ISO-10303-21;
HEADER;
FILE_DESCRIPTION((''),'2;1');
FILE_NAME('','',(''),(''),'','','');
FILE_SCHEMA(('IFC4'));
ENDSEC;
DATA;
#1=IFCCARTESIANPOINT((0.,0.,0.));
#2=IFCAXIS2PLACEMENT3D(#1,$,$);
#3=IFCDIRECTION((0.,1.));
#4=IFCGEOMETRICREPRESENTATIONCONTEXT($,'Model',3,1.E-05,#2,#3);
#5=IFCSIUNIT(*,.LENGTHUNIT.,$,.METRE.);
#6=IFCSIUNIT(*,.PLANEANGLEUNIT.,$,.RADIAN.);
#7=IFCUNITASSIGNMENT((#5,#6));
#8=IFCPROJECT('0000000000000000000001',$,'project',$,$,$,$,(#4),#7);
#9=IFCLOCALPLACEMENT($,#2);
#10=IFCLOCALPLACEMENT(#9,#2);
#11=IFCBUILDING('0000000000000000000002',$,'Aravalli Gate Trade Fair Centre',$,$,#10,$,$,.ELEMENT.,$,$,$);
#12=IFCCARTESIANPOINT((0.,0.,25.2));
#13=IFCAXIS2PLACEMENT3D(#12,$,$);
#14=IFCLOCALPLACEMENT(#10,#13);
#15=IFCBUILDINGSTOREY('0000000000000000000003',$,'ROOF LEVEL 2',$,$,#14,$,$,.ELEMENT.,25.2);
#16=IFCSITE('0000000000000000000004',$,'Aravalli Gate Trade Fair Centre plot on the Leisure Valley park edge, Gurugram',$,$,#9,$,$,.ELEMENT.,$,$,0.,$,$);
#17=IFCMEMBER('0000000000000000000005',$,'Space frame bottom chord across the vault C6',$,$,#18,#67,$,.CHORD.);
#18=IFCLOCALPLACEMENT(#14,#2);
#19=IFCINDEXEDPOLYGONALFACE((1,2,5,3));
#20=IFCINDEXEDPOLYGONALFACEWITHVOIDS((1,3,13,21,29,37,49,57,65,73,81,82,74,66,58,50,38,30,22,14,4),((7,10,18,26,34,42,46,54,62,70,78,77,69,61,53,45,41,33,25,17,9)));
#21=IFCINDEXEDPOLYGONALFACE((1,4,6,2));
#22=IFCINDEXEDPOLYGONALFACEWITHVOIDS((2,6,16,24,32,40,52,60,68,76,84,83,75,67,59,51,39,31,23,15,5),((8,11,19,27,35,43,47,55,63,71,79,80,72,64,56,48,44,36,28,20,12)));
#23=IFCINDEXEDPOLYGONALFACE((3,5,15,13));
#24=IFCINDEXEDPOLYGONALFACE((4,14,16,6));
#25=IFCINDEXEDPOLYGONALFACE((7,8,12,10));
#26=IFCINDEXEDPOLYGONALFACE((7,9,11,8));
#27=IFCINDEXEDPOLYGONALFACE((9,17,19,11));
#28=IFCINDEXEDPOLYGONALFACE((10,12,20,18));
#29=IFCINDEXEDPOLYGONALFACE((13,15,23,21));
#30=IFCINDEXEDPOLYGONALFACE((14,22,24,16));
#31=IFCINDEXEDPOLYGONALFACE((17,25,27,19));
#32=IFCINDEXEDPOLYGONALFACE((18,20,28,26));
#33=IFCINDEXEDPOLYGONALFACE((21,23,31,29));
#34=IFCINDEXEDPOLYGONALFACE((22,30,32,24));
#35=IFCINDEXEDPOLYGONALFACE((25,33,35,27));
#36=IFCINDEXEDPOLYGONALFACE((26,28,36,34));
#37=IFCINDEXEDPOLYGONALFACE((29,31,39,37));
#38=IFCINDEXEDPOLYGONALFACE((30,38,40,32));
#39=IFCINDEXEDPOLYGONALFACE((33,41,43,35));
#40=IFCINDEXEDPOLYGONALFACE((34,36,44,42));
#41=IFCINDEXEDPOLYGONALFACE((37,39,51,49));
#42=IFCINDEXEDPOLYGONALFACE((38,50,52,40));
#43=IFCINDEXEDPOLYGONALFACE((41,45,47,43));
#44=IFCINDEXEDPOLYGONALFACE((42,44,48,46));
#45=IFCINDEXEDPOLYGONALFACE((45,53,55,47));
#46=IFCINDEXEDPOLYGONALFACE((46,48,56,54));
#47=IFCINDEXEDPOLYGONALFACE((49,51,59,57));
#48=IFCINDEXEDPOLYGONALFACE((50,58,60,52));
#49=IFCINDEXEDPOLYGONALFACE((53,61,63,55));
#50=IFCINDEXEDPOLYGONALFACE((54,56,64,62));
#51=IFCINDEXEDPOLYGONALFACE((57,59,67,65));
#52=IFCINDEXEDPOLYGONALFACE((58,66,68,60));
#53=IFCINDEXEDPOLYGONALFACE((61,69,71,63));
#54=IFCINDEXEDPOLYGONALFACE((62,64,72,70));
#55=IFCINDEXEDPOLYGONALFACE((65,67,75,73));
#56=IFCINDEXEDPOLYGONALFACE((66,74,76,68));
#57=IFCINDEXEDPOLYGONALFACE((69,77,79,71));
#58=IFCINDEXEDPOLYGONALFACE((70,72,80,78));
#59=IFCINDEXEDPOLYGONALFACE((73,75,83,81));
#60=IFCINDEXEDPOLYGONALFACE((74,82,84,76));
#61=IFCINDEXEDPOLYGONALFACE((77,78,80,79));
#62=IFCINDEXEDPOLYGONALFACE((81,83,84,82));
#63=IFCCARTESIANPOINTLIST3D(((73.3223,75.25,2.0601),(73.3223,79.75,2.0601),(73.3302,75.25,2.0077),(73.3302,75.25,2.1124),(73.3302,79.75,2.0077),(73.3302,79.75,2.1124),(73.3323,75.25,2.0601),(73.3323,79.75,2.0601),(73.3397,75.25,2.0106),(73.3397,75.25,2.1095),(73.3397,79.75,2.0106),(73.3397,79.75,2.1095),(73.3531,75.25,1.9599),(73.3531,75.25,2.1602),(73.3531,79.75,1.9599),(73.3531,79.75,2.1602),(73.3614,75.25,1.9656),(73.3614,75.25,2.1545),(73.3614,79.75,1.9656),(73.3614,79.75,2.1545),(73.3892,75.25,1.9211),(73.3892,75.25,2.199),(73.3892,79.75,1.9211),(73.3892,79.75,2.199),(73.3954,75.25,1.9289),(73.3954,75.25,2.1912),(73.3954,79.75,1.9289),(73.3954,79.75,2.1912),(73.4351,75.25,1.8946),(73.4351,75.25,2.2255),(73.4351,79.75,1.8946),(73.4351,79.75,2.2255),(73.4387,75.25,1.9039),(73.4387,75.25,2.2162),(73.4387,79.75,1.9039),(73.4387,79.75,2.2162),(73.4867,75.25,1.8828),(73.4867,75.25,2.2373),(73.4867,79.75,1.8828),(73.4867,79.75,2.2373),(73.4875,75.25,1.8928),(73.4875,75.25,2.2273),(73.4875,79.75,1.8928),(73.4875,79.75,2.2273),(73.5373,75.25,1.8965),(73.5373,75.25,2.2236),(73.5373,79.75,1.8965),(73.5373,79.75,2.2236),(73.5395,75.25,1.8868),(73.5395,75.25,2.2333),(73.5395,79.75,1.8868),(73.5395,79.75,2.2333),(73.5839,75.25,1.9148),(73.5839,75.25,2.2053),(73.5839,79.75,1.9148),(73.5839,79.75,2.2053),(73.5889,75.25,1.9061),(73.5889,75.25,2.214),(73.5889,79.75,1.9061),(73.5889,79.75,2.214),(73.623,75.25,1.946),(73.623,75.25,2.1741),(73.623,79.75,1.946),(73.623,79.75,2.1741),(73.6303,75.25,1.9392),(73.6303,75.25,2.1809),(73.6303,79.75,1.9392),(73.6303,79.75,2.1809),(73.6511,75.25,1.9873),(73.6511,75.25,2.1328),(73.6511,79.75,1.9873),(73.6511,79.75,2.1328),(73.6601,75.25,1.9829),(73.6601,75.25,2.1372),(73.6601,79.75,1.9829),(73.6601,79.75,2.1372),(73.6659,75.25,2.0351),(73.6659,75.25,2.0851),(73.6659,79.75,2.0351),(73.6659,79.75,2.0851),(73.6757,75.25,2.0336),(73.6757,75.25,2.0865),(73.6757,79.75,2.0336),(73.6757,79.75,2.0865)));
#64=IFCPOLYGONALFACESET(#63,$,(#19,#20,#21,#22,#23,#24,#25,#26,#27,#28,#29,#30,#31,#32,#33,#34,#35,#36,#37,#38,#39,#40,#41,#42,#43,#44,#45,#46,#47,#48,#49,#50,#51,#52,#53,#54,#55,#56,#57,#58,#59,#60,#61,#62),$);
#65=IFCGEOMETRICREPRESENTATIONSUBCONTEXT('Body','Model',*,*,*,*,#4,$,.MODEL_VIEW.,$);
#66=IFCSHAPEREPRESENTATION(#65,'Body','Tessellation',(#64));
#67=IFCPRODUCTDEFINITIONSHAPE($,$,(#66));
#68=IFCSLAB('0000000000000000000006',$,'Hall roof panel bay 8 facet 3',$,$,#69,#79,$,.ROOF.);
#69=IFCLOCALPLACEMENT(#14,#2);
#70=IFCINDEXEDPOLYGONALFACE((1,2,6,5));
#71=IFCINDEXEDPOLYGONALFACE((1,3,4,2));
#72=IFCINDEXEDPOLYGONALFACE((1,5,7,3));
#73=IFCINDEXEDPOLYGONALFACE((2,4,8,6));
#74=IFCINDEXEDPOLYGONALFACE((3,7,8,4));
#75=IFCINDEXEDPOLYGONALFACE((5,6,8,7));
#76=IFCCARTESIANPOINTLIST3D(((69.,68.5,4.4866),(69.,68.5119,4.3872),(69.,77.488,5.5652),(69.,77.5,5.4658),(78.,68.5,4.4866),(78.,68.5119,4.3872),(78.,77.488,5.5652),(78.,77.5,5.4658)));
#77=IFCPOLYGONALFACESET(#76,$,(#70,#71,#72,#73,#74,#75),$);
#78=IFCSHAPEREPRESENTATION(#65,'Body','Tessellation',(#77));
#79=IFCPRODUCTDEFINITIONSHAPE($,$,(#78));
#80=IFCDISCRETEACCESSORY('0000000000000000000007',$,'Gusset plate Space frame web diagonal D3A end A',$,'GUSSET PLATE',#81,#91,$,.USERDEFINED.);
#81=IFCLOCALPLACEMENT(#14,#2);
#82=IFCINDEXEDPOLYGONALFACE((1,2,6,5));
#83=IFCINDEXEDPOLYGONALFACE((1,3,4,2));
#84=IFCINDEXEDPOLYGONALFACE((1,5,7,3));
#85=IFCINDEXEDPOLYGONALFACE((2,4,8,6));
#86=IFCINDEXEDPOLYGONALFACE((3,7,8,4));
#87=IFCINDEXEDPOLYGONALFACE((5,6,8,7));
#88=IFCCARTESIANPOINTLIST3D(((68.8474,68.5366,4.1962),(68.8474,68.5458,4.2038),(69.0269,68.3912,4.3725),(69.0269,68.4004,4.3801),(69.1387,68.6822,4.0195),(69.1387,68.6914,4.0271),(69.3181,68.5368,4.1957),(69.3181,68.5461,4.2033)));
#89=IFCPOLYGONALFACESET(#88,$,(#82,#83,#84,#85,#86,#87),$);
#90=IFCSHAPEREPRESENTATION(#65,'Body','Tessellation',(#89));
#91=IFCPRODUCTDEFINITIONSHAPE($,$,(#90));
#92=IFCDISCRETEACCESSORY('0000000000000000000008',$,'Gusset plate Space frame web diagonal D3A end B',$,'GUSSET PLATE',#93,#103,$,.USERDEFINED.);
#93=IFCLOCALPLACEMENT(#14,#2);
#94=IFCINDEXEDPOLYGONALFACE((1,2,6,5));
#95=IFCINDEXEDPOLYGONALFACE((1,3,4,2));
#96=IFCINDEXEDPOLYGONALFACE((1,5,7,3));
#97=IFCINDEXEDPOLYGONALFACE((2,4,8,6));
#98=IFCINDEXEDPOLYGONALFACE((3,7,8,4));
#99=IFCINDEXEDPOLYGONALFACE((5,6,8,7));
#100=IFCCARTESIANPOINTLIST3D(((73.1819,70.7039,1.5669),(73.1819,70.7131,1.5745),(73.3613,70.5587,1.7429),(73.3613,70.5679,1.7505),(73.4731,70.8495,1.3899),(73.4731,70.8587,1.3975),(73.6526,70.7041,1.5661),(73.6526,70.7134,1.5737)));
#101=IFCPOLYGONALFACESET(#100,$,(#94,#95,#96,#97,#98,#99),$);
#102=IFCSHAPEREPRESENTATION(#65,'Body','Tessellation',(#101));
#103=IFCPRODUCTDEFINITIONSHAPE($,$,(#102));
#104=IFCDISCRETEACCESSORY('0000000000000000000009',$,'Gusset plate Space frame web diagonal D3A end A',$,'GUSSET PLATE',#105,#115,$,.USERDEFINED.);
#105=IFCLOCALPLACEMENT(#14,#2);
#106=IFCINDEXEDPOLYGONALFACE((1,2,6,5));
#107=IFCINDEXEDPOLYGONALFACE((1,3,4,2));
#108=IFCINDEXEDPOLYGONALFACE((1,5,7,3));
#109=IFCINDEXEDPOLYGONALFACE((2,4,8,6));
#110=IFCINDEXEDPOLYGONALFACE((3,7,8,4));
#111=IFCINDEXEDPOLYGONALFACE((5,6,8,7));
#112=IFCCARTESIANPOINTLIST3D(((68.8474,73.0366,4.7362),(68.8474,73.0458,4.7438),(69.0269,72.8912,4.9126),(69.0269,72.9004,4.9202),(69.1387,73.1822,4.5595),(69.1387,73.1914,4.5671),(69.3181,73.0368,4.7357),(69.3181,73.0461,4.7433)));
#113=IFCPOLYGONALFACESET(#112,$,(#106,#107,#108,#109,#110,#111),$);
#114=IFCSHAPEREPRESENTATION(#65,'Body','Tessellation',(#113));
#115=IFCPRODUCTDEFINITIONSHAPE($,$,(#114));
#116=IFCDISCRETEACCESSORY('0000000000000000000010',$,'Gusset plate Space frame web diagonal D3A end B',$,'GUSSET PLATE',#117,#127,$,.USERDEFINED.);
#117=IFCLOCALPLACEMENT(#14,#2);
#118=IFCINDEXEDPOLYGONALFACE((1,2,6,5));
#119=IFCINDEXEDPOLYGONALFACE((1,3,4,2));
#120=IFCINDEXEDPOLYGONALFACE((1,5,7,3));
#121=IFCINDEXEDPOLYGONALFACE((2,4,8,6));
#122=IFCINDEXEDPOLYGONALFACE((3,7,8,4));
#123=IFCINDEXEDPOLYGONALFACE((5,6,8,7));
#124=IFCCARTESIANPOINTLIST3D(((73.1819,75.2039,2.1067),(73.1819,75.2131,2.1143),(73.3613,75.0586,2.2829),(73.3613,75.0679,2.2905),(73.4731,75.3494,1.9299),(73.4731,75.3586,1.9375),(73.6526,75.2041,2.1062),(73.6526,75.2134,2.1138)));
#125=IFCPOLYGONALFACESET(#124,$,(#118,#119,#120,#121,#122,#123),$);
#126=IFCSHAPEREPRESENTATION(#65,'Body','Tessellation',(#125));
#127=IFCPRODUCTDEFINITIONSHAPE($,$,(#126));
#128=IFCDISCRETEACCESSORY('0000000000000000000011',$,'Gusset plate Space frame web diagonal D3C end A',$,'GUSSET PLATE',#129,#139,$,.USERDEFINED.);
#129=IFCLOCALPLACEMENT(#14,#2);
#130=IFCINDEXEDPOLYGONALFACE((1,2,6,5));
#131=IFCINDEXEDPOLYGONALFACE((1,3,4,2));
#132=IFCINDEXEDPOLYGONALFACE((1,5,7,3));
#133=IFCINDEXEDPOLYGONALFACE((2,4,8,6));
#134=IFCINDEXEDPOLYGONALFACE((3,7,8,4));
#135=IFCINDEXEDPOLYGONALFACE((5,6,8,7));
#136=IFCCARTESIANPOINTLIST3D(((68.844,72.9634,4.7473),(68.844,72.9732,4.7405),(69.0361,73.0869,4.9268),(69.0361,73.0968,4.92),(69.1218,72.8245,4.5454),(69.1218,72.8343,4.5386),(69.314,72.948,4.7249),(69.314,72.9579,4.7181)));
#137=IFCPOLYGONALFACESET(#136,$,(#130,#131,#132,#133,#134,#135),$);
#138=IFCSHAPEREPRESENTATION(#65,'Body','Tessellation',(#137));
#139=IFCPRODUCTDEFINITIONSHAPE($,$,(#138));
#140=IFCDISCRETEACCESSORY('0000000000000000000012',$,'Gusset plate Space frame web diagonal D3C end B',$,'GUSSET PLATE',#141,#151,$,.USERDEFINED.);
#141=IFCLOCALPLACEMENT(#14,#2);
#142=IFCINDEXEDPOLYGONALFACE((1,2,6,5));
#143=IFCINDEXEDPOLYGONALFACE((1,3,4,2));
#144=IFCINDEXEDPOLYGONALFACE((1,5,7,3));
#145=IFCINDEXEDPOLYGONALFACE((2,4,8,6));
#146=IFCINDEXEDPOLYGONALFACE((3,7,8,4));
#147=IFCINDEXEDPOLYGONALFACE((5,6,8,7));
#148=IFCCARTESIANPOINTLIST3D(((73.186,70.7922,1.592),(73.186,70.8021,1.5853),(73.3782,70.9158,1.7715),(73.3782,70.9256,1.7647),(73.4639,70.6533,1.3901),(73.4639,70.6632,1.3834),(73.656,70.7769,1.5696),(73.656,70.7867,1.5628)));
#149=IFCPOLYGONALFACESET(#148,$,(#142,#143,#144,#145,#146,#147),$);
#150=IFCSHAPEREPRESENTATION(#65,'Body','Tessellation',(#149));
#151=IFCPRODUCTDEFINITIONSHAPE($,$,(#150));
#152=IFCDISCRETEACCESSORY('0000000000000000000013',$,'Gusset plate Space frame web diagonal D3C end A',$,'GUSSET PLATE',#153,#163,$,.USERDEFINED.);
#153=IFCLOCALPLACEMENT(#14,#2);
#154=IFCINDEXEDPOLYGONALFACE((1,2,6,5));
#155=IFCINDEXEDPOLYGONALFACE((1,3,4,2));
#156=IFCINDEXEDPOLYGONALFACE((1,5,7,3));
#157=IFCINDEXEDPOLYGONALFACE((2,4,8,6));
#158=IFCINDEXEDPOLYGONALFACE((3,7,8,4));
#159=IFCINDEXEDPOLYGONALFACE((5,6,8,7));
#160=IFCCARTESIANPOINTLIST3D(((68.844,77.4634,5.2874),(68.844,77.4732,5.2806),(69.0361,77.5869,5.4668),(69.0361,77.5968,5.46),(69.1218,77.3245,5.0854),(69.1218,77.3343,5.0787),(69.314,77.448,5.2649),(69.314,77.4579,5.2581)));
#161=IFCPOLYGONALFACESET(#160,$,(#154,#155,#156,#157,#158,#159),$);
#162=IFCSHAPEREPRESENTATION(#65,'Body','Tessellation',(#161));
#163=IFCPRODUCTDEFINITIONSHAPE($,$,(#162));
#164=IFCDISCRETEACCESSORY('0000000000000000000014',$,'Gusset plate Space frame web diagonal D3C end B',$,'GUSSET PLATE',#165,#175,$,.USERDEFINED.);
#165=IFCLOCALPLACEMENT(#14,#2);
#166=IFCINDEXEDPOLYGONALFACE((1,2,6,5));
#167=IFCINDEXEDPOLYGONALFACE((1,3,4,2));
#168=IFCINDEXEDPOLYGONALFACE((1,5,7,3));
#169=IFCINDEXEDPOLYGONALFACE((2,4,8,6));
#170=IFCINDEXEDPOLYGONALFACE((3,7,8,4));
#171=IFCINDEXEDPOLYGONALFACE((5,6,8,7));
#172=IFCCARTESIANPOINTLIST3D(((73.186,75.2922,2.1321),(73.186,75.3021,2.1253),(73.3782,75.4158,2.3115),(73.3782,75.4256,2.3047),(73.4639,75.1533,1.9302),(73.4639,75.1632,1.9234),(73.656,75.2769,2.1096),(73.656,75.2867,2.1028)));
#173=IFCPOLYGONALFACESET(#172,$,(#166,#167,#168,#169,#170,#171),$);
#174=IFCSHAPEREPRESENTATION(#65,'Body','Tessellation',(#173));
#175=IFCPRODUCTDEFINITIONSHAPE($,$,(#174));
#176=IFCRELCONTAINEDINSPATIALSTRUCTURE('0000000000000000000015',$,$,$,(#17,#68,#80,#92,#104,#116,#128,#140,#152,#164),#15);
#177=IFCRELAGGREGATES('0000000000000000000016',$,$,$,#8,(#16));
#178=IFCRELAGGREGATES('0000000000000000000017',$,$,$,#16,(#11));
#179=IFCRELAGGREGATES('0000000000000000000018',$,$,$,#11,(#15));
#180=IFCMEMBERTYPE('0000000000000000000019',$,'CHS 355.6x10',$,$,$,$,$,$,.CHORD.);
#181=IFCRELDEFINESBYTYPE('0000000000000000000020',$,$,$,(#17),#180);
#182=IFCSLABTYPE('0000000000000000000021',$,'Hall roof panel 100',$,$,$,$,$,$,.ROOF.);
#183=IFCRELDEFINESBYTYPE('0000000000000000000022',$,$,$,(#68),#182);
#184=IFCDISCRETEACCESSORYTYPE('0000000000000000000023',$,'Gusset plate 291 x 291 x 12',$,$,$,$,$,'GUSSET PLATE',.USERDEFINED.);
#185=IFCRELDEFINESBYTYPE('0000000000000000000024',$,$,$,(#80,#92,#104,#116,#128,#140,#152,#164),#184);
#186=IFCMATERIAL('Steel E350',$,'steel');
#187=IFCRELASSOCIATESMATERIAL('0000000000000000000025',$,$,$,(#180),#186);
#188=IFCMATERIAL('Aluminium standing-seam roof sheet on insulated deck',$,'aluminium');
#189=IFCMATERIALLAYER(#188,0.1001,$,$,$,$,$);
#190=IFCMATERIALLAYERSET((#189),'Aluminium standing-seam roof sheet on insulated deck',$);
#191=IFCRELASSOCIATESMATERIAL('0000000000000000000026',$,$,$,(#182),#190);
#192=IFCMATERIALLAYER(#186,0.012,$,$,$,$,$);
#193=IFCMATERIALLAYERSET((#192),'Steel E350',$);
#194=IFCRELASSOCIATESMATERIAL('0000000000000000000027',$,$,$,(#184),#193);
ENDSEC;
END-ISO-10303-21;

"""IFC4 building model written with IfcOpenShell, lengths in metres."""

from ifc_helpers import new_model, si_unit, direction, frame, origin, origin_2d, place, context, subcontext, project, spatial, polyline, hollow_circle, outline, extrude, material, layer, layer_set, material_profile, profile_set, type_object, element, save


model = new_model("IFC4")

# Units and contexts
model_context = context("Model", 3, precision=1e-05, world=origin(), true_north=direction((0.0, 1.0)))
body_context = subcontext(model_context, "Body", "Model", "MODEL_VIEW")
ifc_project = project(units=[si_unit("LENGTHUNIT", "METRE"), si_unit("PLANEANGLEUNIT", "RADIAN")], contexts=[model_context])

# Site, building, storey
site_placement = place(None, origin())
site = spatial("IfcSite", under=ifc_project, at=site_placement, Name="Aravalli Gate Trade Fair Centre plot on the Leisure Valley park edge, Gurugram", CompositionType="ELEMENT", RefElevation=0.0)
building_placement = place(site_placement, origin())
building = spatial("IfcBuilding", under=site, at=building_placement, Name="Aravalli Gate Trade Fair Centre", CompositionType="ELEMENT")
storey_placement = place(building_placement, frame((0.0, 0.0, 25.2)))
storey = spatial("IfcBuildingStorey", under=building, at=storey_placement, Name="ROOF LEVEL 2", CompositionType="ELEMENT", Elevation=25.2)

# Member
ifc_material_1 = material(Name="Steel E350", Category="steel")
ifc_material_profile_1 = material_profile(ifc_material_1, hollow_circle(Radius=0.1777, WallThickness=0.01, at=origin_2d()), Name="CHS 355.6x10")
ifc_profile_set_1 = profile_set([ifc_material_profile_1], Name="Steel E350")
member_type_1 = type_object("IfcMemberType", Name="CHS 355.6x10", PredefinedType="CHORD", material=ifc_profile_set_1)
member_1_placement = place(storey_placement, frame((73.5, 75.25, 2.0601), z_axis=(0.0, 1.0, 0.0), x_axis=(-1.0, 0.0, 0.0)))
element("IfcMember", 1, at=member_1_placement, inside=storey, type_object=member_type_1, Name="Space frame bottom chord across the vault C6", PredefinedType="CHORD", context=body_context, shape_type="SweptSolid", body=[
    extrude(hollow_circle(Radius=0.1777, WallThickness=0.01, at=origin_2d()), origin(), (0.0, 0.0, 1.0), 4.5),
])

# Slab
ifc_material_2 = material(Name="Aluminium standing-seam roof sheet on insulated deck", Category="aluminium")
ifc_layer_1 = layer(ifc_material_2, 0.1001)
ifc_layer_set_1 = layer_set([ifc_layer_1], Name="Aluminium standing-seam roof sheet on insulated deck")
slab_type = type_object("IfcSlabType", Name="Hall roof panel 100", PredefinedType="ROOF", material=ifc_layer_set_1)
slab_placement = place(storey_placement, frame((69.0, 68.5, 4.4866), z_axis=(0.0, -0.119151, 0.992876), x_axis=(1.0, 0.0, 0.0)))
element("IfcSlab", 2, at=slab_placement, inside=storey, type_object=slab_type, Name="Hall roof panel bay 8 facet 3", PredefinedType="ROOF", context=body_context, shape_type="SweptSolid", body=[
    extrude(outline(polyline([(0.0, 0.0), (9.0, 0.0), (9.0, 9.0525), (0.0, 9.0525), (0.0, 0.0)])), origin(), (0.0, 0.0, -1.0), 0.1001),
])

# Discrete accessories
ifc_layer_2 = layer(ifc_material_1, 0.012)
ifc_layer_set_2 = layer_set([ifc_layer_2], Name="Steel E350")
discrete_accessory_type = type_object("IfcDiscreteAccessoryType", Name="Gusset plate 291 x 291 x 12", ElementType="GUSSET PLATE", PredefinedType="USERDEFINED", material=ifc_layer_set_2)
discrete_accessory_1_placement = place(storey_placement, frame((69.1387, 68.6914, 4.0271), z_axis=(0.00026, 0.771582, 0.63613), x_axis=(-0.78619, -0.392962, 0.476956)))
element("IfcDiscreteAccessory", 3, at=discrete_accessory_1_placement, inside=storey, type_object=discrete_accessory_type, Name="Gusset plate Space frame web diagonal D3A end A", ObjectType="GUSSET PLATE", PredefinedType="USERDEFINED", context=body_context, shape_type="SweptSolid", body=[
    extrude(outline(polyline([(0.0, 0.0), (0.3705, 0.0), (0.3706, 0.2906), (0.0001, 0.2905), (0.0, 0.0)])), origin(), (0.0, 0.0, -1.0), 0.012),
])
discrete_accessory_2_placement = place(storey_placement, frame((73.1819, 70.7131, 1.5745), z_axis=(0.000589, 0.771792, 0.635874), x_axis=(0.785943, 0.392803, -0.477493)))
element("IfcDiscreteAccessory", 4, at=discrete_accessory_2_placement, inside=storey, type_object=discrete_accessory_type, Name="Gusset plate Space frame web diagonal D3A end B", ObjectType="GUSSET PLATE", PredefinedType="USERDEFINED", context=body_context, shape_type="SweptSolid", body=[
    extrude(outline(polyline([(0.0, 0.0), (0.3706, 0.0), (0.3704, -0.2905), (-0.0001, -0.2903), (0.0, 0.0)])), origin(), (0.0, 0.0, -1.0), 0.012),
])
discrete_accessory_3_placement = place(storey_placement, frame((69.1387, 73.1914, 4.5671), z_axis=(0.00026, 0.771582, 0.63613), x_axis=(-0.78619, -0.392962, 0.476956)))
element("IfcDiscreteAccessory", 5, at=discrete_accessory_3_placement, inside=storey, type_object=discrete_accessory_type, Name="Gusset plate Space frame web diagonal D3A end A", ObjectType="GUSSET PLATE", PredefinedType="USERDEFINED", context=body_context, shape_type="SweptSolid", body=[
    extrude(outline(polyline([(0.0, 0.0), (0.3705, 0.0), (0.3706, 0.2906), (0.0001, 0.2905), (0.0, 0.0)])), origin(), (0.0, 0.0, -1.0), 0.012),
])
discrete_accessory_4_placement = place(storey_placement, frame((73.1819, 75.2131, 2.1143), z_axis=(0.000259, 0.771844, 0.635812), x_axis=(0.78619, 0.392765, -0.477118)))
element("IfcDiscreteAccessory", 6, at=discrete_accessory_4_placement, inside=storey, type_object=discrete_accessory_type, Name="Gusset plate Space frame web diagonal D3A end B", ObjectType="GUSSET PLATE", PredefinedType="USERDEFINED", context=body_context, shape_type="SweptSolid", body=[
    extrude(outline(polyline([(0.0, 0.0), (0.3705, 0.0), (0.3704, -0.2905), (-0.0001, -0.2905), (0.0, 0.0)])), origin(), (0.0, 0.0, -1.0), 0.012),
])
discrete_accessory_5_placement = place(storey_placement, frame((69.1218, 72.8245, 4.5454), z_axis=(0.000137, -0.82375, 0.566952), x_axis=(-0.749929, 0.374965, 0.544984)))
element("IfcDiscreteAccessory", 7, at=discrete_accessory_5_placement, inside=storey, type_object=discrete_accessory_type, Name="Gusset plate Space frame web diagonal D3C end A", ObjectType="GUSSET PLATE", PredefinedType="USERDEFINED", context=body_context, shape_type="SweptSolid", body=[
    extrude(outline(polyline([(0.0, 0.0), (0.3705, 0.0), (0.3705, -0.2905), (0.0, -0.2905), (0.0, 0.0)])), origin(), (0.0, 0.0, -1.0), 0.012),
])
discrete_accessory_6_placement = place(storey_placement, frame((73.186, 70.7922, 1.592), z_axis=(0.000137, -0.82375, 0.566952), x_axis=(0.749929, -0.374965, -0.544984)))
element("IfcDiscreteAccessory", 8, at=discrete_accessory_6_placement, inside=storey, type_object=discrete_accessory_type, Name="Gusset plate Space frame web diagonal D3C end B", ObjectType="GUSSET PLATE", PredefinedType="USERDEFINED", context=body_context, shape_type="SweptSolid", body=[
    extrude(outline(polyline([(0.0, 0.0), (0.3705, 0.0), (0.3705, 0.2905), (0.0, 0.2905), (0.0, 0.0)])), origin(), (0.0, 0.0, -1.0), 0.012),
])
discrete_accessory_7_placement = place(storey_placement, frame((69.1218, 77.3245, 5.0854), z_axis=(0.000137, -0.82375, 0.566952), x_axis=(-0.749929, 0.374965, 0.544984)))
element("IfcDiscreteAccessory", 9, at=discrete_accessory_7_placement, inside=storey, type_object=discrete_accessory_type, Name="Gusset plate Space frame web diagonal D3C end A", ObjectType="GUSSET PLATE", PredefinedType="USERDEFINED", context=body_context, shape_type="SweptSolid", body=[
    extrude(outline(polyline([(0.0, 0.0), (0.3705, 0.0), (0.3705, -0.2905), (0.0, -0.2905), (0.0, 0.0)])), origin(), (0.0, 0.0, -1.0), 0.012),
])
discrete_accessory_8_placement = place(storey_placement, frame((73.186, 75.2922, 2.1321), z_axis=(0.000137, -0.82375, 0.566952), x_axis=(0.749929, -0.374965, -0.544984)))
element("IfcDiscreteAccessory", 10, at=discrete_accessory_8_placement, inside=storey, type_object=discrete_accessory_type, Name="Gusset plate Space frame web diagonal D3C end B", ObjectType="GUSSET PLATE", PredefinedType="USERDEFINED", context=body_context, shape_type="SweptSolid", body=[
    extrude(outline(polyline([(0.0, 0.0), (0.3705, 0.0), (0.3705, 0.2905), (0.0, 0.2905), (0.0, 0.0)])), origin(), (0.0, 0.0, -1.0), 0.012),
])

save(model, "model.ifc")
